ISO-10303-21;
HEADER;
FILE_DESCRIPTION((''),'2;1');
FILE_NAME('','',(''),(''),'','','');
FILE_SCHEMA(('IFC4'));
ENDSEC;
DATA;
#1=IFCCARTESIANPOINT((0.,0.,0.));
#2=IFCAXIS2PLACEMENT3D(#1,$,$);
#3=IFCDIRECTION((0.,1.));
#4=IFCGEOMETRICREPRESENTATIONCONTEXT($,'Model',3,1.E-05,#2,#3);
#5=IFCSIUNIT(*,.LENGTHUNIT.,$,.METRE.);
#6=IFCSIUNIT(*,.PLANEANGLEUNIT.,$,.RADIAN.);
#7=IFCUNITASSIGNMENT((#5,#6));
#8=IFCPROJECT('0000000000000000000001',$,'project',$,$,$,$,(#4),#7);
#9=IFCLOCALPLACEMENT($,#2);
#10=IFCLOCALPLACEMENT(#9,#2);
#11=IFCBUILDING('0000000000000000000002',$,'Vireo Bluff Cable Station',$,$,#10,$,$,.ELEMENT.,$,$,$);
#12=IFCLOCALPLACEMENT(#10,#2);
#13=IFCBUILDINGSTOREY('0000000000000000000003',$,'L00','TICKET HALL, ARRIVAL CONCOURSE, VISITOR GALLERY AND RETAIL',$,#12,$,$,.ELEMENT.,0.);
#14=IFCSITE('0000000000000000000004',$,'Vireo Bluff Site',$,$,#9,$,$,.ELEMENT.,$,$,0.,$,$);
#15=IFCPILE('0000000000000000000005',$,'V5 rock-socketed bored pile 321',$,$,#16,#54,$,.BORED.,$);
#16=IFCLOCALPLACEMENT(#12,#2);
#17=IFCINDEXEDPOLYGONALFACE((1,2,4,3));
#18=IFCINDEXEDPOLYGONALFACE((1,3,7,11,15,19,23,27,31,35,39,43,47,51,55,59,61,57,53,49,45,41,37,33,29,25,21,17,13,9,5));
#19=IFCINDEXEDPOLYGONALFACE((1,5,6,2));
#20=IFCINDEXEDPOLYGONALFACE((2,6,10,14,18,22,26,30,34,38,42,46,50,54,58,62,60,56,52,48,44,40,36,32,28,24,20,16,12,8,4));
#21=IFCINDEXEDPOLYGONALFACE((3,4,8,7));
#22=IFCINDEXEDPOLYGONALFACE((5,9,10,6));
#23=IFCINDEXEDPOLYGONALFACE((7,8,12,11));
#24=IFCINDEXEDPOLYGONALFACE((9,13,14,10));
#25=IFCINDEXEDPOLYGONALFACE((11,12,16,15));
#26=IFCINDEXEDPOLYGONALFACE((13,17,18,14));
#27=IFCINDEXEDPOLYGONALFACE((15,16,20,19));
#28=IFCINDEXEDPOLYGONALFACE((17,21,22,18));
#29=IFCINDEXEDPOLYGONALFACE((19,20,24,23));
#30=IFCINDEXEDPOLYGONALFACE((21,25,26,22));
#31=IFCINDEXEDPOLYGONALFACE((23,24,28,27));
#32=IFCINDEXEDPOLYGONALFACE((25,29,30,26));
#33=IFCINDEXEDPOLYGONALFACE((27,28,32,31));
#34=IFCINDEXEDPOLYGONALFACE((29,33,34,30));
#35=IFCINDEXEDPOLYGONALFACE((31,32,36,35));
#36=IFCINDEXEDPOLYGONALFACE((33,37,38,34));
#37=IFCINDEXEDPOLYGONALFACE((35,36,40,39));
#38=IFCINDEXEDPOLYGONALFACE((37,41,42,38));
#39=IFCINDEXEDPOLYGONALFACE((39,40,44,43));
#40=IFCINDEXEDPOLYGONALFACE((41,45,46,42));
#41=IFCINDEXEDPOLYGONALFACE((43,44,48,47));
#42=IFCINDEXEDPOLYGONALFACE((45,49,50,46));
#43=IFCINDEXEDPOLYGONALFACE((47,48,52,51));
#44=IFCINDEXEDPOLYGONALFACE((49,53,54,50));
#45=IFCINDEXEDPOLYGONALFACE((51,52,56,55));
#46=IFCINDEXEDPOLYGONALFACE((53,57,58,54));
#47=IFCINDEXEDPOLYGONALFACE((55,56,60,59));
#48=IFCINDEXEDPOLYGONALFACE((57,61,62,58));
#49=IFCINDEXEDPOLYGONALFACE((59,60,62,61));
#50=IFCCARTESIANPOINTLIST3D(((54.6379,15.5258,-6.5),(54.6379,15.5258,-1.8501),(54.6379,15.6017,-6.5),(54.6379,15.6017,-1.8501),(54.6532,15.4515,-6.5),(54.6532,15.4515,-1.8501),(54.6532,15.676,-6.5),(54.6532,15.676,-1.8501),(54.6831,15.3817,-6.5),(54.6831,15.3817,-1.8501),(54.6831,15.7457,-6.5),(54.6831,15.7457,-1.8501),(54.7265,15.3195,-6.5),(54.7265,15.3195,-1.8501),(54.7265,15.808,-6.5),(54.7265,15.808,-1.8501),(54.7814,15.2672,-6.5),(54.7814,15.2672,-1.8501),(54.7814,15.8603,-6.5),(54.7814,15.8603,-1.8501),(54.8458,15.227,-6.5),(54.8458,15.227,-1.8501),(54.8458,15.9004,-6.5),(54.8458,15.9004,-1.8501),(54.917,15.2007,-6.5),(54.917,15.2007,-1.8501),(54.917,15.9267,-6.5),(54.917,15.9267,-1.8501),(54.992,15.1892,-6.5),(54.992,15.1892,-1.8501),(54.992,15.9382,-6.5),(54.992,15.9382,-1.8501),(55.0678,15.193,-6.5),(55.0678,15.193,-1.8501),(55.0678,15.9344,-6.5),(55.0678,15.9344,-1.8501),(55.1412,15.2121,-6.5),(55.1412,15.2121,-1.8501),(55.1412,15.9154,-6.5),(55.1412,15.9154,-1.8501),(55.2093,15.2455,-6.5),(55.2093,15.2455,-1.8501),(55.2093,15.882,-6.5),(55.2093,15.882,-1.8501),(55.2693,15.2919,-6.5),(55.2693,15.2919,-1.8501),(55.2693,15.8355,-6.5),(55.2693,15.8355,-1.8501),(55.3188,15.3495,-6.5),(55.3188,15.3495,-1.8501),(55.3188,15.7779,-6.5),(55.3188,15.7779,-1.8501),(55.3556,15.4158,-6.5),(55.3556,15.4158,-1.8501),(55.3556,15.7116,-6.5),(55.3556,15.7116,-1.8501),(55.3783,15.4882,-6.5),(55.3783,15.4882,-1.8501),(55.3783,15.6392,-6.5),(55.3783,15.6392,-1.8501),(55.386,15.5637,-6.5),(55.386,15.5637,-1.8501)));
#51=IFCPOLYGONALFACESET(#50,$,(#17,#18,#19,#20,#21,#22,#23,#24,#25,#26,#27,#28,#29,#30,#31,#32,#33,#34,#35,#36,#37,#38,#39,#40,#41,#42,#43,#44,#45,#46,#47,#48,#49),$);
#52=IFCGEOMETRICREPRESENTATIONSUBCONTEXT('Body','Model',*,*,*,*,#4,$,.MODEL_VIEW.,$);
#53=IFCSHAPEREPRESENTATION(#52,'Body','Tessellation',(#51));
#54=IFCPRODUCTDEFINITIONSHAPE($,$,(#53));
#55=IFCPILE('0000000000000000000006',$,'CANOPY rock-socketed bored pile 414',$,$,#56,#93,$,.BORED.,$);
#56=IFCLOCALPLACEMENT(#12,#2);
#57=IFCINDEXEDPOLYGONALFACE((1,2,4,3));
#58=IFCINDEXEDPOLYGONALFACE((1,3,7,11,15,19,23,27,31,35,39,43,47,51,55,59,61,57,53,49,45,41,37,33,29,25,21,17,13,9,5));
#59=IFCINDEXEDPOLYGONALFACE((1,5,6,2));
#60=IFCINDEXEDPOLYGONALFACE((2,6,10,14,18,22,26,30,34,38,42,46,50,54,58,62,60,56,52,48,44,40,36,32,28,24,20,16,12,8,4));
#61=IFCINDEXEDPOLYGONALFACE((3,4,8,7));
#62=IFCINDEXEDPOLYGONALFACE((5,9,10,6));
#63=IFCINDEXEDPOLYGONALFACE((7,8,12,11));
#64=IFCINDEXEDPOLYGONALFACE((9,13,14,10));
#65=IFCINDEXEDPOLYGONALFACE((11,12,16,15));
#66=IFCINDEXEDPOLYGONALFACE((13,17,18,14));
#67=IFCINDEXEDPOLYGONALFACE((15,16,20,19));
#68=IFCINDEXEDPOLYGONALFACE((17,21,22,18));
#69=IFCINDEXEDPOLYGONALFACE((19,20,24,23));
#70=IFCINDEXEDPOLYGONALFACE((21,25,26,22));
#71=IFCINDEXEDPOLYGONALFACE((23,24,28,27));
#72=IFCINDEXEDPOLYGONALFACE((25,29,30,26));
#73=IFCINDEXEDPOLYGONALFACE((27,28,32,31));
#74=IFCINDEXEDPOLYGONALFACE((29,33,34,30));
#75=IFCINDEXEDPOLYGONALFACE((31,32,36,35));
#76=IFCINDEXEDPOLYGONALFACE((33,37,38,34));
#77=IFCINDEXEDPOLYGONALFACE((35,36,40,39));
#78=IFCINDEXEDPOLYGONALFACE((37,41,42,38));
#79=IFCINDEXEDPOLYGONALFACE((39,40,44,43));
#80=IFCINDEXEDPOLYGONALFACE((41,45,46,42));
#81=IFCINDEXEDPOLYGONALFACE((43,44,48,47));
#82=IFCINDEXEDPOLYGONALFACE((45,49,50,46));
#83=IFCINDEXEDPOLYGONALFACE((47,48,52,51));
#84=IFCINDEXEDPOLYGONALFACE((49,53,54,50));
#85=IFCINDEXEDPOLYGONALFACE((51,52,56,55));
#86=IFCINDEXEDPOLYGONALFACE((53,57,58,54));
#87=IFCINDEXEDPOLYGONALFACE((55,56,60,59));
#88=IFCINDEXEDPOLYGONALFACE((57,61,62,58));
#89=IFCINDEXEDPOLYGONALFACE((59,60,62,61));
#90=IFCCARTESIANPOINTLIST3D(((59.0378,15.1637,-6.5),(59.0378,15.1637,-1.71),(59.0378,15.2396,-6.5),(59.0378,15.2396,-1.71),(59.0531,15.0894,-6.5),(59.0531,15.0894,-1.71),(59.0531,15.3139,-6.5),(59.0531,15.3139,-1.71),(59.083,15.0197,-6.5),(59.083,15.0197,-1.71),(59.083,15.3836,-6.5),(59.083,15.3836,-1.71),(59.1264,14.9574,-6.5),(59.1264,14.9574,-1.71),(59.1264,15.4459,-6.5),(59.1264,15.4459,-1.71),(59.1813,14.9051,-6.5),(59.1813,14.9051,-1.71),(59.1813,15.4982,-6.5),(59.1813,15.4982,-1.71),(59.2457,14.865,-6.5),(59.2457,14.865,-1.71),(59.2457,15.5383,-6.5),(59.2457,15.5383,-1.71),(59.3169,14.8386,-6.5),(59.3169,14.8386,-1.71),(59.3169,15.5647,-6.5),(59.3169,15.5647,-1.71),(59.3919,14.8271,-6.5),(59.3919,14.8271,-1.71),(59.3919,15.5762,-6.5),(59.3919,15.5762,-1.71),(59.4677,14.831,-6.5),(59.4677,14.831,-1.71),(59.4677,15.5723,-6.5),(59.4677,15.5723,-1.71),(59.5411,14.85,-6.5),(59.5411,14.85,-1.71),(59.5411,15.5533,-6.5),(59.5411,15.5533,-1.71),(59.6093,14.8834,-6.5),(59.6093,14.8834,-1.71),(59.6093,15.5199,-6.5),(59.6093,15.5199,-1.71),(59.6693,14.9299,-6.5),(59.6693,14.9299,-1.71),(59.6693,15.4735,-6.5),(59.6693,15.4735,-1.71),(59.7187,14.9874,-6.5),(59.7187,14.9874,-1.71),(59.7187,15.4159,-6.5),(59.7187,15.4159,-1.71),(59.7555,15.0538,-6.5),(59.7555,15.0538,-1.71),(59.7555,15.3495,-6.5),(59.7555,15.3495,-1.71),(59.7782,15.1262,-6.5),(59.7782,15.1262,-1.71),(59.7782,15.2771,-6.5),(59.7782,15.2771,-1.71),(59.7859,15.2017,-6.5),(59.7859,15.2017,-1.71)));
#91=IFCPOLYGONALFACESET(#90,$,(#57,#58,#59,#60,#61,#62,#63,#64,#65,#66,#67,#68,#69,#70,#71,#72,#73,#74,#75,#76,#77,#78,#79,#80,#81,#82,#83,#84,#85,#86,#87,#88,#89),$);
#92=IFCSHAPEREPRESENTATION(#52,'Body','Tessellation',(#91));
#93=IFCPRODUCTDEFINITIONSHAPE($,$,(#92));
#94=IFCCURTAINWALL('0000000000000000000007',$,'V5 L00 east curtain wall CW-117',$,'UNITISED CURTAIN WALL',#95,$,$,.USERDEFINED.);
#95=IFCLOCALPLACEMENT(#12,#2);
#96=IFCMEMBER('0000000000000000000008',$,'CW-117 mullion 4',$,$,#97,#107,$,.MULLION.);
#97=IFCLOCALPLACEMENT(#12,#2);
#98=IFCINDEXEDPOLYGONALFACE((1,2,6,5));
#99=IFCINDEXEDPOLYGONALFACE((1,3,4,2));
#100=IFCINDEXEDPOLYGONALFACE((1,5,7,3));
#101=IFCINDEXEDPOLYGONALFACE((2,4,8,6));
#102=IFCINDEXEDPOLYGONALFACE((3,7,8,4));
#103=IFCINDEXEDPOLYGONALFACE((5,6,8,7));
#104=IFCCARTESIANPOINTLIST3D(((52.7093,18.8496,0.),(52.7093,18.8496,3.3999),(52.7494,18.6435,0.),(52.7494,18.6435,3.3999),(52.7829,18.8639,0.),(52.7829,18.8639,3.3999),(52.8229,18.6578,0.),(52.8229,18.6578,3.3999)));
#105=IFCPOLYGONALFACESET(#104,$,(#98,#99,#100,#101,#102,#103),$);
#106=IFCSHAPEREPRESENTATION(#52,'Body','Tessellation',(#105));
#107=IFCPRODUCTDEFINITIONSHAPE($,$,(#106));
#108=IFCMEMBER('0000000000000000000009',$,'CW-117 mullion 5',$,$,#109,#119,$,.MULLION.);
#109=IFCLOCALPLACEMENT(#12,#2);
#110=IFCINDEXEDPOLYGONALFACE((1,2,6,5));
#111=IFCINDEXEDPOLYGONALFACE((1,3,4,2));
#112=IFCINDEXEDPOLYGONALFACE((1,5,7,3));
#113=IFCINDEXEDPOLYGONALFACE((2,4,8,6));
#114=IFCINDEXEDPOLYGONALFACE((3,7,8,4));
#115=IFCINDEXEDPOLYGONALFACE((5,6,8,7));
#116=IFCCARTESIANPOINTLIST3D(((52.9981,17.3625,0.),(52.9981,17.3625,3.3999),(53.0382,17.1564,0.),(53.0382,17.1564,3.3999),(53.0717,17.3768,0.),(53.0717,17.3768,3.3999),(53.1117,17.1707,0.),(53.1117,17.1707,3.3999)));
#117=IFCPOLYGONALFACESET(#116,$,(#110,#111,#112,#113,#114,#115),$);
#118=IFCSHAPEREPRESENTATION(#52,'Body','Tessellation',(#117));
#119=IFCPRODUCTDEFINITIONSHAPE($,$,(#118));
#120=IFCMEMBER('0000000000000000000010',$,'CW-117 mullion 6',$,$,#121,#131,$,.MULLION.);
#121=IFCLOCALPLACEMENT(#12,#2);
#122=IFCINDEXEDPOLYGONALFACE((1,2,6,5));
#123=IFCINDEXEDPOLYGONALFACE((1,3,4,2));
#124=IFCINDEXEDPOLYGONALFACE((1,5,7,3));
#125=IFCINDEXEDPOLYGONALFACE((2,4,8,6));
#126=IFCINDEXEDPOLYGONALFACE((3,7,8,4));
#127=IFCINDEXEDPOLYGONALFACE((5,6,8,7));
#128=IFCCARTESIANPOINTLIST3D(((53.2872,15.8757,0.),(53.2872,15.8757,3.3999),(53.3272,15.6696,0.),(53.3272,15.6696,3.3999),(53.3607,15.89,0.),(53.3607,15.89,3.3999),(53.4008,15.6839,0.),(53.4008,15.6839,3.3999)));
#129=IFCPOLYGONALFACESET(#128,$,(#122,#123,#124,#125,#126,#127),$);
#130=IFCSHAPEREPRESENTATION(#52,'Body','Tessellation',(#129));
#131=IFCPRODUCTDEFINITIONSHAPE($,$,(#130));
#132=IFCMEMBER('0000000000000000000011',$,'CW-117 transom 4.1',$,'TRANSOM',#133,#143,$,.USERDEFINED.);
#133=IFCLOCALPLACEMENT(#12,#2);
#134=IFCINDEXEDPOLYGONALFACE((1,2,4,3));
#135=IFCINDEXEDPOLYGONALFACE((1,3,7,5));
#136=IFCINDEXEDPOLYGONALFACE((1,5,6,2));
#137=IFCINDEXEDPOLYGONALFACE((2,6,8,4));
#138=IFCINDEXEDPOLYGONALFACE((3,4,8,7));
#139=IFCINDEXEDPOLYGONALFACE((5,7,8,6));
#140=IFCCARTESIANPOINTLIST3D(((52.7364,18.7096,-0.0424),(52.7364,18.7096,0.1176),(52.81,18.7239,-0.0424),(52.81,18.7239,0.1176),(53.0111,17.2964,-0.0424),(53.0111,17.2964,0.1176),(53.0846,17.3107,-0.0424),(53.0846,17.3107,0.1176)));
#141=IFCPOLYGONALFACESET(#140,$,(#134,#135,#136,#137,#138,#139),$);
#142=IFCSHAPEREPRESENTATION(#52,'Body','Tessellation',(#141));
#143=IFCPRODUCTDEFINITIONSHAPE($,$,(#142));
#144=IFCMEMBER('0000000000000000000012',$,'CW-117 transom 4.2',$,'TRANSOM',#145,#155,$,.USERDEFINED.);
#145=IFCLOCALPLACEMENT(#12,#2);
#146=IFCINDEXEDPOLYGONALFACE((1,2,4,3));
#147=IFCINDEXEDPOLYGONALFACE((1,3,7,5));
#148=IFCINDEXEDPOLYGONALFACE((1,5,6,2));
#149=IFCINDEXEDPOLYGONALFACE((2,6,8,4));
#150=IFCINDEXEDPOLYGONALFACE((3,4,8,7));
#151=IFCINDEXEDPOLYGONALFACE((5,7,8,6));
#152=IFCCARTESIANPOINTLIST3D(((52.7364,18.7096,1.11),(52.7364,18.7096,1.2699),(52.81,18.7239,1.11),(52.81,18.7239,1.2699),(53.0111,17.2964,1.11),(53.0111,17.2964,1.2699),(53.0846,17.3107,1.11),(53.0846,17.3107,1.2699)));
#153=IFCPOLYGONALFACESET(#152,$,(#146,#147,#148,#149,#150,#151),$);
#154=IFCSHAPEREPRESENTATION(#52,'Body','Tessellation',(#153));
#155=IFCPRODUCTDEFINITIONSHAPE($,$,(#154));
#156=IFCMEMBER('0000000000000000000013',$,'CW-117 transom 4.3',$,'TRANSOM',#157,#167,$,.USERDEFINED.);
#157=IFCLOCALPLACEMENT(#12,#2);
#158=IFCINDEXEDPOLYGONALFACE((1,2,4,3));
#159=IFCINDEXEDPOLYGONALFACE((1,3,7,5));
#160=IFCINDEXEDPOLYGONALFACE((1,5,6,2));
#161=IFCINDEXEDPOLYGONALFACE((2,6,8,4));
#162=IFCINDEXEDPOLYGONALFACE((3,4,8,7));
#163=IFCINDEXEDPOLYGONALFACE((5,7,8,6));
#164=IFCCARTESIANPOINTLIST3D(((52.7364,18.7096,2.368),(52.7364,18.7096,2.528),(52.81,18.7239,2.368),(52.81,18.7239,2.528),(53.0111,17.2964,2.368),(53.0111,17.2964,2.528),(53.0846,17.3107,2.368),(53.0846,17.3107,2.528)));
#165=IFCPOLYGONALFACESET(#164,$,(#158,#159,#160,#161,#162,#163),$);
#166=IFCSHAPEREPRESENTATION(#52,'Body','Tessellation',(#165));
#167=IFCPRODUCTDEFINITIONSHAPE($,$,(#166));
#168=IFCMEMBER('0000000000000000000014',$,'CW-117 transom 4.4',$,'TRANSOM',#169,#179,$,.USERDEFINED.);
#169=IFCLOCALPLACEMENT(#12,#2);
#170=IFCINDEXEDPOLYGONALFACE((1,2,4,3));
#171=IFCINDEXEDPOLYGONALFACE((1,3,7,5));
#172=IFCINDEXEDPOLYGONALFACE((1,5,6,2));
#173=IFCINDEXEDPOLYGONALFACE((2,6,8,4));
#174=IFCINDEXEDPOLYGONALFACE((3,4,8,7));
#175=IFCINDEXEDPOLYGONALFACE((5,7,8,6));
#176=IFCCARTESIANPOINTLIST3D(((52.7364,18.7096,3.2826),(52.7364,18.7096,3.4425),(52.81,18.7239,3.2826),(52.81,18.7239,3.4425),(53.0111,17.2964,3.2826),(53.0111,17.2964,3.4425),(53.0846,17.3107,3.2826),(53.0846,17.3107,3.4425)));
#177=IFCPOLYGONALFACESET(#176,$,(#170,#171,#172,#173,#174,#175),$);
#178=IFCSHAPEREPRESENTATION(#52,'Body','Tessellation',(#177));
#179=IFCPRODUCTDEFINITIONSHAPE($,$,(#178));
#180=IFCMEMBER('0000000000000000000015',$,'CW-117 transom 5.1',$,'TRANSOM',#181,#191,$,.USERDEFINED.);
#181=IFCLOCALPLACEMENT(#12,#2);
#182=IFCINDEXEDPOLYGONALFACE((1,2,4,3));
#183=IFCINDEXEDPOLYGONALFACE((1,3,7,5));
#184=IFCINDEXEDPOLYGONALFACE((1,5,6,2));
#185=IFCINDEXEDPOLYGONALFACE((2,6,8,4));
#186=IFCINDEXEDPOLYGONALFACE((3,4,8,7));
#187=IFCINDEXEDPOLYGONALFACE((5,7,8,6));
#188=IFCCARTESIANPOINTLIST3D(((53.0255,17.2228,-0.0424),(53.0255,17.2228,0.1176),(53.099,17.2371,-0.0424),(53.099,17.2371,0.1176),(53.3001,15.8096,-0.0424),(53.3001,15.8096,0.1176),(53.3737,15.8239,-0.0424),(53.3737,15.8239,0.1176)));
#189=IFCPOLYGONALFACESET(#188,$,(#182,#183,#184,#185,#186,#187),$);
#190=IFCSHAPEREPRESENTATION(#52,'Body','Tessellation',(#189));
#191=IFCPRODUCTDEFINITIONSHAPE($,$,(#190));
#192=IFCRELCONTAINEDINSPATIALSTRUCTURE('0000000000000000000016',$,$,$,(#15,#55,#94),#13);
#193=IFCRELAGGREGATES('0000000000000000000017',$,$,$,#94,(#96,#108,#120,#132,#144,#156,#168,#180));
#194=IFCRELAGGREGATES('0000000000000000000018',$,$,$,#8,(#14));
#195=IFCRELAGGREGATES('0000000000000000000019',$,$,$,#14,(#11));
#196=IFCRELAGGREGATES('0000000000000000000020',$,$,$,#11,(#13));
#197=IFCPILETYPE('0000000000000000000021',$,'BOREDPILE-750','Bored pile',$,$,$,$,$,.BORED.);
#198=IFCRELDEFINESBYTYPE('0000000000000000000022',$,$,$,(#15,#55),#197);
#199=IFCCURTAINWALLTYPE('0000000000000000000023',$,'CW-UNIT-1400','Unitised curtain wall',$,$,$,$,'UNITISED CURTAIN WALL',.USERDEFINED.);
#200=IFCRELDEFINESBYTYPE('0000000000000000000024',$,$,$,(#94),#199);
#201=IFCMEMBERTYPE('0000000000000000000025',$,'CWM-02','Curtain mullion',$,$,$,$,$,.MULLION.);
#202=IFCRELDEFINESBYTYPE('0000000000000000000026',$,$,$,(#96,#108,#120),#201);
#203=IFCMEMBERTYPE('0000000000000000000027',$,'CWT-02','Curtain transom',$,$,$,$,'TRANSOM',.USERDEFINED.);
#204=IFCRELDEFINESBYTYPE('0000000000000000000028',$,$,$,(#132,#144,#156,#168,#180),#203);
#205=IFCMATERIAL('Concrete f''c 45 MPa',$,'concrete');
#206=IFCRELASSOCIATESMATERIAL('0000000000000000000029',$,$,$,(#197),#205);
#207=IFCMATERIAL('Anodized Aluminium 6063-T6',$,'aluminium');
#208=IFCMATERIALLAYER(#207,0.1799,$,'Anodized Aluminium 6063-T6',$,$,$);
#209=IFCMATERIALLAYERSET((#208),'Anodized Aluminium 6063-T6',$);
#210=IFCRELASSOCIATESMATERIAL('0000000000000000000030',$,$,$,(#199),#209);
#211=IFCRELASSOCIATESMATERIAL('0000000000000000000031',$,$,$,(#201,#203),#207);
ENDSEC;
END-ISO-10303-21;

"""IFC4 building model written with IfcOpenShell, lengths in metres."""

from ifc_helpers import new_model, si_unit, direction, frame, origin, origin_2d, place, context, subcontext, project, spatial, rectangle, circle, extrude, material, layer, layer_set, material_profile, profile_set, type_object, element, aggregate, save


model = new_model("IFC4")

# Units and contexts
model_context = context("Model", 3, precision=1e-05, world=origin(), true_north=direction((0.0, 1.0)))
body_context = subcontext(model_context, "Body", "Model", "MODEL_VIEW")
ifc_project = project(units=[si_unit("LENGTHUNIT", "METRE"), si_unit("PLANEANGLEUNIT", "RADIAN")], contexts=[model_context])

# Site, building, storey
site_placement = place(None, origin())
site = spatial("IfcSite", under=ifc_project, at=site_placement, Name="Vireo Bluff Site", CompositionType="ELEMENT", RefElevation=0.0)
building_placement = place(site_placement, origin())
building = spatial("IfcBuilding", under=site, at=building_placement, Name="Vireo Bluff Cable Station", CompositionType="ELEMENT")
storey_placement = place(building_placement, origin())
storey = spatial("IfcBuildingStorey", under=building, at=storey_placement, Name="L00", Description="TICKET HALL, ARRIVAL CONCOURSE, VISITOR GALLERY AND RETAIL", CompositionType="ELEMENT", Elevation=0.0)

# Piles
ifc_material_1 = material(Name="Concrete f'c 45 MPa", Category="concrete")
ifc_material_profile_1 = material_profile(ifc_material_1, circle(Radius=0.375, at=origin_2d()), Name="BOREDPILE-750")
ifc_profile_set_1 = profile_set([ifc_material_profile_1], Name="Concrete f'c 45 MPa")
pile_type = type_object("IfcPileType", Name="BOREDPILE-750", Description="Bored pile", PredefinedType="BORED", material=ifc_profile_set_1)
pile_1_placement = place(storey_placement, frame((55.011, 15.5637, -1.8501), z_axis=(0.0, 0.0, -1.0), x_axis=(1.0, 0.0, 0.0)))
element("IfcPile", 1, at=pile_1_placement, inside=storey, type_object=pile_type, Name="V5 rock-socketed bored pile 321", PredefinedType="BORED", context=body_context, shape_type="SweptSolid", body=[
    extrude(circle(Radius=0.375, at=origin_2d()), origin(), (0.0, 0.0, 1.0), 4.6499),
])
pile_2_placement = place(storey_placement, frame((59.4109, 15.2017, -1.71), z_axis=(0.0, 0.0, -1.0), x_axis=(1.0, 0.0, 0.0)))
element("IfcPile", 2, at=pile_2_placement, inside=storey, type_object=pile_type, Name="CANOPY rock-socketed bored pile 414", PredefinedType="BORED", context=body_context, shape_type="SweptSolid", body=[
    extrude(circle(Radius=0.375, at=origin_2d()), origin(), (0.0, 0.0, 1.0), 4.79),
])

# Curtain wall, members
ifc_material_2 = material(Name="Anodized Aluminium 6063-T6", Category="aluminium")
ifc_layer_1 = layer(ifc_material_2, 0.1799, Name="Anodized Aluminium 6063-T6")
ifc_layer_set_1 = layer_set([ifc_layer_1], Name="Anodized Aluminium 6063-T6")
curtain_wall_type = type_object("IfcCurtainWallType", Name="CW-UNIT-1400", Description="Unitised curtain wall", ElementType="UNITISED CURTAIN WALL", PredefinedType="USERDEFINED", material=ifc_layer_set_1)
curtain_wall_placement = place(storey_placement, origin())
curtain_wall = element("IfcCurtainWall", 3, at=curtain_wall_placement, inside=storey, type_object=curtain_wall_type, Name="V5 L00 east curtain wall CW-117", ObjectType="UNITISED CURTAIN WALL", PredefinedType="USERDEFINED")
ifc_material_profile_2 = material_profile(ifc_material_2, rectangle(XDim=0.075, YDim=0.21, at=origin_2d()), Name="ALU-M-75X210")
ifc_profile_set_2 = profile_set([ifc_material_profile_2], Name="Anodized Aluminium 6063-T6")
member_type_1 = type_object("IfcMemberType", Name="CWM-02", Description="Curtain mullion", PredefinedType="MULLION", material=ifc_profile_set_2)
member_1_placement = place(storey_placement, frame((52.7661, 18.7537, 0.0), z_axis=(0.0, 0.0, 1.0), x_axis=(0.981627, 0.190809, 0.0)))
member_1 = element("IfcMember", 4, at=member_1_placement, type_object=member_type_1, Name="CW-117 mullion 4", PredefinedType="MULLION", context=body_context, shape_type="SweptSolid", body=[
    extrude(rectangle(XDim=0.075, YDim=0.21, at=origin_2d()), origin(), (0.0, 0.0, 1.0), 3.3999),
])
member_2_placement = place(storey_placement, frame((53.0549, 17.2666, 0.0), z_axis=(0.0, 0.0, 1.0), x_axis=(0.981627, 0.190809, 0.0)))
member_2 = element("IfcMember", 5, at=member_2_placement, type_object=member_type_1, Name="CW-117 mullion 5", PredefinedType="MULLION", context=body_context, shape_type="SweptSolid", body=[
    extrude(rectangle(XDim=0.075, YDim=0.21, at=origin_2d()), origin(), (0.0, 0.0, 1.0), 3.3999),
])
member_3_placement = place(storey_placement, frame((53.344, 15.7798, 0.0), z_axis=(0.0, 0.0, 1.0), x_axis=(0.981627, 0.190809, 0.0)))
member_3 = element("IfcMember", 6, at=member_3_placement, type_object=member_type_1, Name="CW-117 mullion 6", PredefinedType="MULLION", context=body_context, shape_type="SweptSolid", body=[
    extrude(rectangle(XDim=0.075, YDim=0.21, at=origin_2d()), origin(), (0.0, 0.0, 1.0), 3.3999),
])
ifc_material_profile_3 = material_profile(ifc_material_2, rectangle(XDim=0.075, YDim=0.1599, at=origin_2d()), Name="ALU-T-75X160")
ifc_profile_set_3 = profile_set([ifc_material_profile_3], Name="Anodized Aluminium 6063-T6")
member_type_2 = type_object("IfcMemberType", Name="CWT-02", Description="Curtain transom", ElementType="TRANSOM", PredefinedType="USERDEFINED", material=ifc_profile_set_3)
member_4_placement = place(storey_placement, frame((52.7732, 18.7168, 0.0376), z_axis=(0.190765, -0.981636, 0.0), x_axis=(0.981636, 0.190765, 0.0)))
member_4 = element("IfcMember", 7, at=member_4_placement, type_object=member_type_2, Name="CW-117 transom 4.1", ObjectType="TRANSOM", PredefinedType="USERDEFINED", context=body_context, shape_type="SweptSolid", body=[
    extrude(rectangle(XDim=0.075, YDim=0.1599, at=origin_2d()), origin(), (0.0, 0.0, 1.0), 1.4397),
])
member_5_placement = place(storey_placement, frame((52.7732, 18.7168, 1.1899), z_axis=(0.190765, -0.981636, 0.0), x_axis=(0.981636, 0.190765, 0.0)))
member_5 = element("IfcMember", 8, at=member_5_placement, type_object=member_type_2, Name="CW-117 transom 4.2", ObjectType="TRANSOM", PredefinedType="USERDEFINED", context=body_context, shape_type="SweptSolid", body=[
    extrude(rectangle(XDim=0.075, YDim=0.1599, at=origin_2d()), origin(), (0.0, 0.0, 1.0), 1.4397),
])
member_6_placement = place(storey_placement, frame((52.7732, 18.7168, 2.448), z_axis=(0.190765, -0.981636, 0.0), x_axis=(0.981636, 0.190765, 0.0)))
member_6 = element("IfcMember", 9, at=member_6_placement, type_object=member_type_2, Name="CW-117 transom 4.3", ObjectType="TRANSOM", PredefinedType="USERDEFINED", context=body_context, shape_type="SweptSolid", body=[
    extrude(rectangle(XDim=0.075, YDim=0.1599, at=origin_2d()), origin(), (0.0, 0.0, 1.0), 1.4397),
])
member_7_placement = place(storey_placement, frame((52.7732, 18.7168, 3.3625), z_axis=(0.190765, -0.981636, 0.0), x_axis=(0.981636, 0.190765, 0.0)))
member_7 = element("IfcMember", 10, at=member_7_placement, type_object=member_type_2, Name="CW-117 transom 4.4", ObjectType="TRANSOM", PredefinedType="USERDEFINED", context=body_context, shape_type="SweptSolid", body=[
    extrude(rectangle(XDim=0.075, YDim=0.1599, at=origin_2d()), origin(), (0.0, 0.0, 1.0), 1.4397),
])
member_8_placement = place(storey_placement, frame((53.0623, 17.23, 0.0376), z_axis=(0.190765, -0.981636, 0.0), x_axis=(0.981636, 0.190765, 0.0)))
member_8 = element("IfcMember", 11, at=member_8_placement, type_object=member_type_2, Name="CW-117 transom 5.1", ObjectType="TRANSOM", PredefinedType="USERDEFINED", context=body_context, shape_type="SweptSolid", body=[
    extrude(rectangle(XDim=0.075, YDim=0.1599, at=origin_2d()), origin(), (0.0, 0.0, 1.0), 1.4397),
])
aggregate(curtain_wall, [member_1, member_2, member_3, member_4, member_5, member_6, member_7, member_8])

save(model, "model.ifc")
